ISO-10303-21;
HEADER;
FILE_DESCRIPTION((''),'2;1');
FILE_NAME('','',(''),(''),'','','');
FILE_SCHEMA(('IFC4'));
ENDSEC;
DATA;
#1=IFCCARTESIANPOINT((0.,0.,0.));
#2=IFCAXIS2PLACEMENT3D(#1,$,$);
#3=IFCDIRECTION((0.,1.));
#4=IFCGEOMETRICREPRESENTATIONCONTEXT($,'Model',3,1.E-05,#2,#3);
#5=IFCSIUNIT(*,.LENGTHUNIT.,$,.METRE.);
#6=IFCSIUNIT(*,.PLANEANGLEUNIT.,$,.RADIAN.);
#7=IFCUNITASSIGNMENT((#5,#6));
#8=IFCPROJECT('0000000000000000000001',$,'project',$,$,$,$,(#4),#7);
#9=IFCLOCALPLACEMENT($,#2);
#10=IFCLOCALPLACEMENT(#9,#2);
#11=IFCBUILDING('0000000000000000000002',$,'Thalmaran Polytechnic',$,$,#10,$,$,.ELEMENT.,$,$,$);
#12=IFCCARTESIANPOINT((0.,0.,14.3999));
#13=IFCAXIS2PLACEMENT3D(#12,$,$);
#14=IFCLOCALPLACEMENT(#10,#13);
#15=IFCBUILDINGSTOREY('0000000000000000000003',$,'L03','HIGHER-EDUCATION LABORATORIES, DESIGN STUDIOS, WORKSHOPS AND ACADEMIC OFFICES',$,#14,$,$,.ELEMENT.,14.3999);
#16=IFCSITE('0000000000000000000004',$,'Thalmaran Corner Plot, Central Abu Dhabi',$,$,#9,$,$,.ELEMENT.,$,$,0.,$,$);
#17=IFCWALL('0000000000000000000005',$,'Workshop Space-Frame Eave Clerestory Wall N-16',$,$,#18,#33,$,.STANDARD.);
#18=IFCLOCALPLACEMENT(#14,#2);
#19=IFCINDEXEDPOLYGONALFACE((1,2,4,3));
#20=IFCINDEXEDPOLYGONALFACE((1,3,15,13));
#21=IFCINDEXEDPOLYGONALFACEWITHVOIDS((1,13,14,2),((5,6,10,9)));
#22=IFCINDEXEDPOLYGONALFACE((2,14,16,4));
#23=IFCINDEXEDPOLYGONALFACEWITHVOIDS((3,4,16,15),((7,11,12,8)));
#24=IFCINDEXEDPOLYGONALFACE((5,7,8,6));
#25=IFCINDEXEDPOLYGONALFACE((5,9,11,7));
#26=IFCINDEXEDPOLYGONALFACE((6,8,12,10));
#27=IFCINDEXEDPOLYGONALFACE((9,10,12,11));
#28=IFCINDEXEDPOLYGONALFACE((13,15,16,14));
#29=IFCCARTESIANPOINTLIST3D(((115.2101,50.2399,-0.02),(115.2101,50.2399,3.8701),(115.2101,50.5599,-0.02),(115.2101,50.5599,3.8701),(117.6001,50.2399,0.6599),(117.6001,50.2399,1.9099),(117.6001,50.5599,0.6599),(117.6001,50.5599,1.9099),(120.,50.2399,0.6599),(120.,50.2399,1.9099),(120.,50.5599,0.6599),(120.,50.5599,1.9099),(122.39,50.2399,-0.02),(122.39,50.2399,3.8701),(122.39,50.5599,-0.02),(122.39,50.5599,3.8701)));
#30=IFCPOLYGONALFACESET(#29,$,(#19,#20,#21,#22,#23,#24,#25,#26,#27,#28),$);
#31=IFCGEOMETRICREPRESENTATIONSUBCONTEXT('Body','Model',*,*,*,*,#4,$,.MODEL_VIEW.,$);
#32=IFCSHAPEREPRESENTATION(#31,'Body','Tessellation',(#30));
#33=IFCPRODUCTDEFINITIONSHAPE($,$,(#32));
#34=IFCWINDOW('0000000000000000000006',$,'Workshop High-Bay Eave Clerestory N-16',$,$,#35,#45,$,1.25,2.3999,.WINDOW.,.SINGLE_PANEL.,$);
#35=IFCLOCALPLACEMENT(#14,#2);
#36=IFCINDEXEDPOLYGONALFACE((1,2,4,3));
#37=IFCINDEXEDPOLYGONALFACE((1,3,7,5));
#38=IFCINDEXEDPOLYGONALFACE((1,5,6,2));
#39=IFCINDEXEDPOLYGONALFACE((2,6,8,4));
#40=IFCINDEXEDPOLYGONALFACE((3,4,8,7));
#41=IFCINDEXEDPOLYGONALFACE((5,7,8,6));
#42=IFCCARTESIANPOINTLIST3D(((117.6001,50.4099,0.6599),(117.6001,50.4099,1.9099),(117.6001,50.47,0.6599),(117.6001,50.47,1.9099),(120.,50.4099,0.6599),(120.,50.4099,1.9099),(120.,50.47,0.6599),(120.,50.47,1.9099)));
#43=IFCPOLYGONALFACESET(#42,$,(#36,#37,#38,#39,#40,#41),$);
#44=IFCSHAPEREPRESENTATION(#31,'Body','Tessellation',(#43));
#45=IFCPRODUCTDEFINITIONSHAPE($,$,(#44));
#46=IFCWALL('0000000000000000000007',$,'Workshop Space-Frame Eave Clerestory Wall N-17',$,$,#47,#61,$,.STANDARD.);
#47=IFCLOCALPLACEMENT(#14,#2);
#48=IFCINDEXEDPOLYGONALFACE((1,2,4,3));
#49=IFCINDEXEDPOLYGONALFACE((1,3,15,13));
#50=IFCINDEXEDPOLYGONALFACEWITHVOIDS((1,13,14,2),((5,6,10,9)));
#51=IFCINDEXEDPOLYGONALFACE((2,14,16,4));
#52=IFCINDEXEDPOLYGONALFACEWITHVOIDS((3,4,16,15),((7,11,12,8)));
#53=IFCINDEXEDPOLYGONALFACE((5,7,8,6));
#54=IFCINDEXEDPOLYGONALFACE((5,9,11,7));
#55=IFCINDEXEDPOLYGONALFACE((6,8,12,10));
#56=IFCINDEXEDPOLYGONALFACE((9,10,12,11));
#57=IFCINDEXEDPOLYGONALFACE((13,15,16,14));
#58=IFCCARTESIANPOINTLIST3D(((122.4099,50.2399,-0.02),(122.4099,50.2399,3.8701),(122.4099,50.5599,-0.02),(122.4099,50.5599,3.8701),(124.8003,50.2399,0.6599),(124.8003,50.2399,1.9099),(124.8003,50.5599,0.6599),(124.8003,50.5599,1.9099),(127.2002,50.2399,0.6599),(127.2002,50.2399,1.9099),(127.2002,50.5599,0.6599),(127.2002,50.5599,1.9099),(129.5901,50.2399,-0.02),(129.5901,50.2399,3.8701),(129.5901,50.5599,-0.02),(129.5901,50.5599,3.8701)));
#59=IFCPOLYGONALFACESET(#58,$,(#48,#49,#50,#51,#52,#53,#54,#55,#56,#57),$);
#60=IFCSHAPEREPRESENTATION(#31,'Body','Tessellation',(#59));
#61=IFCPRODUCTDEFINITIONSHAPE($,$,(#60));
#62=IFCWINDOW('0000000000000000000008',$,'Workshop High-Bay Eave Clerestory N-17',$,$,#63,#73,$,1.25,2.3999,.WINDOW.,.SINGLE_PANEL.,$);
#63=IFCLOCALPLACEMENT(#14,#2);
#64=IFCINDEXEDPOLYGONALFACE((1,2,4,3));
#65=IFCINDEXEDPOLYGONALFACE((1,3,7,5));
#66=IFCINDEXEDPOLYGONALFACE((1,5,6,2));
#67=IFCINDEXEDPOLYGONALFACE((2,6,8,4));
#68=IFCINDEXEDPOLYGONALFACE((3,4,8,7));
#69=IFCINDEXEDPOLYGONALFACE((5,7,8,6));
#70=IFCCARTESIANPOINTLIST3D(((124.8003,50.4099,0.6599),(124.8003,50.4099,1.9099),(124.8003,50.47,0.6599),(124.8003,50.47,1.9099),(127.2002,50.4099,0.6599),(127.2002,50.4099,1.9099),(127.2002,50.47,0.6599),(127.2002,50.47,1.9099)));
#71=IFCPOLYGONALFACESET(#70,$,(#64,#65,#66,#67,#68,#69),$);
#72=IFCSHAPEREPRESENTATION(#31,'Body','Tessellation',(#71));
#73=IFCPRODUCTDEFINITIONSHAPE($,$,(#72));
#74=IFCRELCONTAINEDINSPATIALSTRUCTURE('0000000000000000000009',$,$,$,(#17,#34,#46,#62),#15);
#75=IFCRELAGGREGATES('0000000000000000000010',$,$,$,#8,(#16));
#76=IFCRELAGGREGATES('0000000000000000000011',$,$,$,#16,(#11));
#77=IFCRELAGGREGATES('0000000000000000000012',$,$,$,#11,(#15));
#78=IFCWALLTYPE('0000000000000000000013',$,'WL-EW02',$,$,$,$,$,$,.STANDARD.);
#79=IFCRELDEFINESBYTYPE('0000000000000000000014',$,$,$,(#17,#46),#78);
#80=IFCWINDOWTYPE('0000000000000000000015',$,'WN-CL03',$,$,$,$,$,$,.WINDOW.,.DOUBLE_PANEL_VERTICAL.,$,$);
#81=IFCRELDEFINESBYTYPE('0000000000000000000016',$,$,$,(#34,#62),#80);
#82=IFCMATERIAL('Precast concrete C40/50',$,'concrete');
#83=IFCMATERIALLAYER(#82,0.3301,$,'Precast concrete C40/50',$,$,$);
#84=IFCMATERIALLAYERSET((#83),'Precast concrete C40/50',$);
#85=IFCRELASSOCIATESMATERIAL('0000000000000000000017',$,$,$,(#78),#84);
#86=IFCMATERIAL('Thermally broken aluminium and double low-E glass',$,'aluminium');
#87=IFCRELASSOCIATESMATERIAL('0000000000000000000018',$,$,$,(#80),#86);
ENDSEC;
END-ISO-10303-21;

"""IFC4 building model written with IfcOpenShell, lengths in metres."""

from ifc_helpers import new_model, si_unit, direction, frame, frame_2d, origin, place, context, subcontext, project, spatial, rectangle, extrude, material, layer, layer_set, type_object, element, fill, save


model = new_model("IFC4")

# Units and contexts
model_context = context("Model", 3, precision=1e-05, world=origin(), true_north=direction((0.0, 1.0)))
body_context = subcontext(model_context, "Body", "Model", "MODEL_VIEW")
ifc_project = project(units=[si_unit("LENGTHUNIT", "METRE"), si_unit("PLANEANGLEUNIT", "RADIAN")], contexts=[model_context])

# Site, building, storey
site_placement = place(None, origin())
site = spatial("IfcSite", under=ifc_project, at=site_placement, Name="Thalmaran Corner Plot, Central Abu Dhabi", CompositionType="ELEMENT", RefElevation=0.0)
building_placement = place(site_placement, origin())
building = spatial("IfcBuilding", under=site, at=building_placement, Name="Thalmaran Polytechnic", CompositionType="ELEMENT")
storey_placement = place(building_placement, frame((0.0, 0.0, 14.3999)))
storey = spatial("IfcBuildingStorey", under=building, at=storey_placement, Name="L03", Description="HIGHER-EDUCATION LABORATORIES, DESIGN STUDIOS, WORKSHOPS AND ACADEMIC OFFICES", CompositionType="ELEMENT", Elevation=14.3999)

# Walls, openings, windows
ifc_material_1 = material(Name="Precast concrete C40/50", Category="concrete")
ifc_layer_1 = layer(ifc_material_1, 0.3301, Name="Precast concrete C40/50")
ifc_layer_set_1 = layer_set([ifc_layer_1], Name="Precast concrete C40/50")
wall_type = type_object("IfcWallType", Name="WL-EW02", PredefinedType="STANDARD", material=ifc_layer_set_1)
wall_1_placement = place(storey_placement, frame((122.3899, 50.3999, -0.02), z_axis=(0.0, 0.0, 1.0), x_axis=(-1.0, 0.0, 0.0)))
wall_1 = element("IfcWall", 1, at=wall_1_placement, inside=storey, type_object=wall_type, Name="Workshop Space-Frame Eave Clerestory Wall N-16", PredefinedType="STANDARD", context=body_context, shape_type="SweptSolid", body=[
    extrude(rectangle(XDim=7.1799, YDim=0.3201, at=frame_2d((3.5898, 0.0))), origin(), (0.0, 0.0, 1.0), 3.8901),
])
opening_1_placement = place(wall_1_placement, frame((2.3899, 0.0, 0.6799)))
opening_1 = element("IfcOpeningElement", 2, at=opening_1_placement, cuts=wall_1, PredefinedType="OPENING", context=body_context, shape_type="SweptSolid", body=[
    extrude(rectangle(XDim=2.3999, YDim=1.25, at=frame_2d((1.2, 0.625))), frame((0.0, 0.1699, 0.0), z_axis=(0.0, -1.0, 0.0), x_axis=(1.0, 0.0, 0.0)), (0.0, 0.0, 1.0), 0.3401),
])
ifc_material_2 = material(Name="Thermally broken aluminium and double low-E glass", Category="aluminium")
window_type = type_object("IfcWindowType", Name="WN-CL03", PartitioningType="DOUBLE_PANEL_VERTICAL", PredefinedType="WINDOW", material=ifc_material_2)
window_1_placement = place(opening_1_placement, origin())
window_1 = element("IfcWindow", 3, at=window_1_placement, inside=storey, type_object=window_type, Name="Workshop High-Bay Eave Clerestory N-16", OverallHeight=1.25, OverallWidth=2.3999, PartitioningType="SINGLE_PANEL", PredefinedType="WINDOW", context=body_context, shape_type="SweptSolid", body=[
    extrude(rectangle(XDim=2.3999, YDim=1.25, at=frame_2d((1.2, 0.625))), frame((0.0, -0.01, 0.0), z_axis=(0.0, -1.0, 0.0), x_axis=(1.0, 0.0, 0.0)), (0.0, 0.0, 1.0), 0.0601),
])
fill(opening_1, window_1)
wall_2_placement = place(storey_placement, frame((129.5901, 50.3999, -0.02), z_axis=(0.0, 0.0, 1.0), x_axis=(-1.0, 0.0, 0.0)))
wall_2 = element("IfcWall", 4, at=wall_2_placement, inside=storey, type_object=wall_type, Name="Workshop Space-Frame Eave Clerestory Wall N-17", PredefinedType="STANDARD", context=body_context, shape_type="SweptSolid", body=[
    extrude(rectangle(XDim=7.1802, YDim=0.3201, at=frame_2d((3.5901, 0.0))), origin(), (0.0, 0.0, 1.0), 3.8901),
])
opening_2_placement = place(wall_2_placement, frame((2.3899, 0.0, 0.6799)))
opening_2 = element("IfcOpeningElement", 5, at=opening_2_placement, cuts=wall_2, PredefinedType="OPENING", context=body_context, shape_type="SweptSolid", body=[
    extrude(rectangle(XDim=2.3999, YDim=1.25, at=frame_2d((1.2, 0.625))), frame((0.0, 0.1699, 0.0), z_axis=(0.0, -1.0, 0.0), x_axis=(1.0, 0.0, 0.0)), (0.0, 0.0, 1.0), 0.3401),
])
window_2_placement = place(opening_2_placement, origin())
window_2 = element("IfcWindow", 6, at=window_2_placement, inside=storey, type_object=window_type, Name="Workshop High-Bay Eave Clerestory N-17", OverallHeight=1.25, OverallWidth=2.3999, PartitioningType="SINGLE_PANEL", PredefinedType="WINDOW", context=body_context, shape_type="SweptSolid", body=[
    extrude(rectangle(XDim=2.3999, YDim=1.25, at=frame_2d((1.2, 0.625))), frame((0.0, -0.01, 0.0), z_axis=(0.0, -1.0, 0.0), x_axis=(1.0, 0.0, 0.0)), (0.0, 0.0, 1.0), 0.0601),
])
fill(opening_2, window_2)

save(model, "model.ifc")
